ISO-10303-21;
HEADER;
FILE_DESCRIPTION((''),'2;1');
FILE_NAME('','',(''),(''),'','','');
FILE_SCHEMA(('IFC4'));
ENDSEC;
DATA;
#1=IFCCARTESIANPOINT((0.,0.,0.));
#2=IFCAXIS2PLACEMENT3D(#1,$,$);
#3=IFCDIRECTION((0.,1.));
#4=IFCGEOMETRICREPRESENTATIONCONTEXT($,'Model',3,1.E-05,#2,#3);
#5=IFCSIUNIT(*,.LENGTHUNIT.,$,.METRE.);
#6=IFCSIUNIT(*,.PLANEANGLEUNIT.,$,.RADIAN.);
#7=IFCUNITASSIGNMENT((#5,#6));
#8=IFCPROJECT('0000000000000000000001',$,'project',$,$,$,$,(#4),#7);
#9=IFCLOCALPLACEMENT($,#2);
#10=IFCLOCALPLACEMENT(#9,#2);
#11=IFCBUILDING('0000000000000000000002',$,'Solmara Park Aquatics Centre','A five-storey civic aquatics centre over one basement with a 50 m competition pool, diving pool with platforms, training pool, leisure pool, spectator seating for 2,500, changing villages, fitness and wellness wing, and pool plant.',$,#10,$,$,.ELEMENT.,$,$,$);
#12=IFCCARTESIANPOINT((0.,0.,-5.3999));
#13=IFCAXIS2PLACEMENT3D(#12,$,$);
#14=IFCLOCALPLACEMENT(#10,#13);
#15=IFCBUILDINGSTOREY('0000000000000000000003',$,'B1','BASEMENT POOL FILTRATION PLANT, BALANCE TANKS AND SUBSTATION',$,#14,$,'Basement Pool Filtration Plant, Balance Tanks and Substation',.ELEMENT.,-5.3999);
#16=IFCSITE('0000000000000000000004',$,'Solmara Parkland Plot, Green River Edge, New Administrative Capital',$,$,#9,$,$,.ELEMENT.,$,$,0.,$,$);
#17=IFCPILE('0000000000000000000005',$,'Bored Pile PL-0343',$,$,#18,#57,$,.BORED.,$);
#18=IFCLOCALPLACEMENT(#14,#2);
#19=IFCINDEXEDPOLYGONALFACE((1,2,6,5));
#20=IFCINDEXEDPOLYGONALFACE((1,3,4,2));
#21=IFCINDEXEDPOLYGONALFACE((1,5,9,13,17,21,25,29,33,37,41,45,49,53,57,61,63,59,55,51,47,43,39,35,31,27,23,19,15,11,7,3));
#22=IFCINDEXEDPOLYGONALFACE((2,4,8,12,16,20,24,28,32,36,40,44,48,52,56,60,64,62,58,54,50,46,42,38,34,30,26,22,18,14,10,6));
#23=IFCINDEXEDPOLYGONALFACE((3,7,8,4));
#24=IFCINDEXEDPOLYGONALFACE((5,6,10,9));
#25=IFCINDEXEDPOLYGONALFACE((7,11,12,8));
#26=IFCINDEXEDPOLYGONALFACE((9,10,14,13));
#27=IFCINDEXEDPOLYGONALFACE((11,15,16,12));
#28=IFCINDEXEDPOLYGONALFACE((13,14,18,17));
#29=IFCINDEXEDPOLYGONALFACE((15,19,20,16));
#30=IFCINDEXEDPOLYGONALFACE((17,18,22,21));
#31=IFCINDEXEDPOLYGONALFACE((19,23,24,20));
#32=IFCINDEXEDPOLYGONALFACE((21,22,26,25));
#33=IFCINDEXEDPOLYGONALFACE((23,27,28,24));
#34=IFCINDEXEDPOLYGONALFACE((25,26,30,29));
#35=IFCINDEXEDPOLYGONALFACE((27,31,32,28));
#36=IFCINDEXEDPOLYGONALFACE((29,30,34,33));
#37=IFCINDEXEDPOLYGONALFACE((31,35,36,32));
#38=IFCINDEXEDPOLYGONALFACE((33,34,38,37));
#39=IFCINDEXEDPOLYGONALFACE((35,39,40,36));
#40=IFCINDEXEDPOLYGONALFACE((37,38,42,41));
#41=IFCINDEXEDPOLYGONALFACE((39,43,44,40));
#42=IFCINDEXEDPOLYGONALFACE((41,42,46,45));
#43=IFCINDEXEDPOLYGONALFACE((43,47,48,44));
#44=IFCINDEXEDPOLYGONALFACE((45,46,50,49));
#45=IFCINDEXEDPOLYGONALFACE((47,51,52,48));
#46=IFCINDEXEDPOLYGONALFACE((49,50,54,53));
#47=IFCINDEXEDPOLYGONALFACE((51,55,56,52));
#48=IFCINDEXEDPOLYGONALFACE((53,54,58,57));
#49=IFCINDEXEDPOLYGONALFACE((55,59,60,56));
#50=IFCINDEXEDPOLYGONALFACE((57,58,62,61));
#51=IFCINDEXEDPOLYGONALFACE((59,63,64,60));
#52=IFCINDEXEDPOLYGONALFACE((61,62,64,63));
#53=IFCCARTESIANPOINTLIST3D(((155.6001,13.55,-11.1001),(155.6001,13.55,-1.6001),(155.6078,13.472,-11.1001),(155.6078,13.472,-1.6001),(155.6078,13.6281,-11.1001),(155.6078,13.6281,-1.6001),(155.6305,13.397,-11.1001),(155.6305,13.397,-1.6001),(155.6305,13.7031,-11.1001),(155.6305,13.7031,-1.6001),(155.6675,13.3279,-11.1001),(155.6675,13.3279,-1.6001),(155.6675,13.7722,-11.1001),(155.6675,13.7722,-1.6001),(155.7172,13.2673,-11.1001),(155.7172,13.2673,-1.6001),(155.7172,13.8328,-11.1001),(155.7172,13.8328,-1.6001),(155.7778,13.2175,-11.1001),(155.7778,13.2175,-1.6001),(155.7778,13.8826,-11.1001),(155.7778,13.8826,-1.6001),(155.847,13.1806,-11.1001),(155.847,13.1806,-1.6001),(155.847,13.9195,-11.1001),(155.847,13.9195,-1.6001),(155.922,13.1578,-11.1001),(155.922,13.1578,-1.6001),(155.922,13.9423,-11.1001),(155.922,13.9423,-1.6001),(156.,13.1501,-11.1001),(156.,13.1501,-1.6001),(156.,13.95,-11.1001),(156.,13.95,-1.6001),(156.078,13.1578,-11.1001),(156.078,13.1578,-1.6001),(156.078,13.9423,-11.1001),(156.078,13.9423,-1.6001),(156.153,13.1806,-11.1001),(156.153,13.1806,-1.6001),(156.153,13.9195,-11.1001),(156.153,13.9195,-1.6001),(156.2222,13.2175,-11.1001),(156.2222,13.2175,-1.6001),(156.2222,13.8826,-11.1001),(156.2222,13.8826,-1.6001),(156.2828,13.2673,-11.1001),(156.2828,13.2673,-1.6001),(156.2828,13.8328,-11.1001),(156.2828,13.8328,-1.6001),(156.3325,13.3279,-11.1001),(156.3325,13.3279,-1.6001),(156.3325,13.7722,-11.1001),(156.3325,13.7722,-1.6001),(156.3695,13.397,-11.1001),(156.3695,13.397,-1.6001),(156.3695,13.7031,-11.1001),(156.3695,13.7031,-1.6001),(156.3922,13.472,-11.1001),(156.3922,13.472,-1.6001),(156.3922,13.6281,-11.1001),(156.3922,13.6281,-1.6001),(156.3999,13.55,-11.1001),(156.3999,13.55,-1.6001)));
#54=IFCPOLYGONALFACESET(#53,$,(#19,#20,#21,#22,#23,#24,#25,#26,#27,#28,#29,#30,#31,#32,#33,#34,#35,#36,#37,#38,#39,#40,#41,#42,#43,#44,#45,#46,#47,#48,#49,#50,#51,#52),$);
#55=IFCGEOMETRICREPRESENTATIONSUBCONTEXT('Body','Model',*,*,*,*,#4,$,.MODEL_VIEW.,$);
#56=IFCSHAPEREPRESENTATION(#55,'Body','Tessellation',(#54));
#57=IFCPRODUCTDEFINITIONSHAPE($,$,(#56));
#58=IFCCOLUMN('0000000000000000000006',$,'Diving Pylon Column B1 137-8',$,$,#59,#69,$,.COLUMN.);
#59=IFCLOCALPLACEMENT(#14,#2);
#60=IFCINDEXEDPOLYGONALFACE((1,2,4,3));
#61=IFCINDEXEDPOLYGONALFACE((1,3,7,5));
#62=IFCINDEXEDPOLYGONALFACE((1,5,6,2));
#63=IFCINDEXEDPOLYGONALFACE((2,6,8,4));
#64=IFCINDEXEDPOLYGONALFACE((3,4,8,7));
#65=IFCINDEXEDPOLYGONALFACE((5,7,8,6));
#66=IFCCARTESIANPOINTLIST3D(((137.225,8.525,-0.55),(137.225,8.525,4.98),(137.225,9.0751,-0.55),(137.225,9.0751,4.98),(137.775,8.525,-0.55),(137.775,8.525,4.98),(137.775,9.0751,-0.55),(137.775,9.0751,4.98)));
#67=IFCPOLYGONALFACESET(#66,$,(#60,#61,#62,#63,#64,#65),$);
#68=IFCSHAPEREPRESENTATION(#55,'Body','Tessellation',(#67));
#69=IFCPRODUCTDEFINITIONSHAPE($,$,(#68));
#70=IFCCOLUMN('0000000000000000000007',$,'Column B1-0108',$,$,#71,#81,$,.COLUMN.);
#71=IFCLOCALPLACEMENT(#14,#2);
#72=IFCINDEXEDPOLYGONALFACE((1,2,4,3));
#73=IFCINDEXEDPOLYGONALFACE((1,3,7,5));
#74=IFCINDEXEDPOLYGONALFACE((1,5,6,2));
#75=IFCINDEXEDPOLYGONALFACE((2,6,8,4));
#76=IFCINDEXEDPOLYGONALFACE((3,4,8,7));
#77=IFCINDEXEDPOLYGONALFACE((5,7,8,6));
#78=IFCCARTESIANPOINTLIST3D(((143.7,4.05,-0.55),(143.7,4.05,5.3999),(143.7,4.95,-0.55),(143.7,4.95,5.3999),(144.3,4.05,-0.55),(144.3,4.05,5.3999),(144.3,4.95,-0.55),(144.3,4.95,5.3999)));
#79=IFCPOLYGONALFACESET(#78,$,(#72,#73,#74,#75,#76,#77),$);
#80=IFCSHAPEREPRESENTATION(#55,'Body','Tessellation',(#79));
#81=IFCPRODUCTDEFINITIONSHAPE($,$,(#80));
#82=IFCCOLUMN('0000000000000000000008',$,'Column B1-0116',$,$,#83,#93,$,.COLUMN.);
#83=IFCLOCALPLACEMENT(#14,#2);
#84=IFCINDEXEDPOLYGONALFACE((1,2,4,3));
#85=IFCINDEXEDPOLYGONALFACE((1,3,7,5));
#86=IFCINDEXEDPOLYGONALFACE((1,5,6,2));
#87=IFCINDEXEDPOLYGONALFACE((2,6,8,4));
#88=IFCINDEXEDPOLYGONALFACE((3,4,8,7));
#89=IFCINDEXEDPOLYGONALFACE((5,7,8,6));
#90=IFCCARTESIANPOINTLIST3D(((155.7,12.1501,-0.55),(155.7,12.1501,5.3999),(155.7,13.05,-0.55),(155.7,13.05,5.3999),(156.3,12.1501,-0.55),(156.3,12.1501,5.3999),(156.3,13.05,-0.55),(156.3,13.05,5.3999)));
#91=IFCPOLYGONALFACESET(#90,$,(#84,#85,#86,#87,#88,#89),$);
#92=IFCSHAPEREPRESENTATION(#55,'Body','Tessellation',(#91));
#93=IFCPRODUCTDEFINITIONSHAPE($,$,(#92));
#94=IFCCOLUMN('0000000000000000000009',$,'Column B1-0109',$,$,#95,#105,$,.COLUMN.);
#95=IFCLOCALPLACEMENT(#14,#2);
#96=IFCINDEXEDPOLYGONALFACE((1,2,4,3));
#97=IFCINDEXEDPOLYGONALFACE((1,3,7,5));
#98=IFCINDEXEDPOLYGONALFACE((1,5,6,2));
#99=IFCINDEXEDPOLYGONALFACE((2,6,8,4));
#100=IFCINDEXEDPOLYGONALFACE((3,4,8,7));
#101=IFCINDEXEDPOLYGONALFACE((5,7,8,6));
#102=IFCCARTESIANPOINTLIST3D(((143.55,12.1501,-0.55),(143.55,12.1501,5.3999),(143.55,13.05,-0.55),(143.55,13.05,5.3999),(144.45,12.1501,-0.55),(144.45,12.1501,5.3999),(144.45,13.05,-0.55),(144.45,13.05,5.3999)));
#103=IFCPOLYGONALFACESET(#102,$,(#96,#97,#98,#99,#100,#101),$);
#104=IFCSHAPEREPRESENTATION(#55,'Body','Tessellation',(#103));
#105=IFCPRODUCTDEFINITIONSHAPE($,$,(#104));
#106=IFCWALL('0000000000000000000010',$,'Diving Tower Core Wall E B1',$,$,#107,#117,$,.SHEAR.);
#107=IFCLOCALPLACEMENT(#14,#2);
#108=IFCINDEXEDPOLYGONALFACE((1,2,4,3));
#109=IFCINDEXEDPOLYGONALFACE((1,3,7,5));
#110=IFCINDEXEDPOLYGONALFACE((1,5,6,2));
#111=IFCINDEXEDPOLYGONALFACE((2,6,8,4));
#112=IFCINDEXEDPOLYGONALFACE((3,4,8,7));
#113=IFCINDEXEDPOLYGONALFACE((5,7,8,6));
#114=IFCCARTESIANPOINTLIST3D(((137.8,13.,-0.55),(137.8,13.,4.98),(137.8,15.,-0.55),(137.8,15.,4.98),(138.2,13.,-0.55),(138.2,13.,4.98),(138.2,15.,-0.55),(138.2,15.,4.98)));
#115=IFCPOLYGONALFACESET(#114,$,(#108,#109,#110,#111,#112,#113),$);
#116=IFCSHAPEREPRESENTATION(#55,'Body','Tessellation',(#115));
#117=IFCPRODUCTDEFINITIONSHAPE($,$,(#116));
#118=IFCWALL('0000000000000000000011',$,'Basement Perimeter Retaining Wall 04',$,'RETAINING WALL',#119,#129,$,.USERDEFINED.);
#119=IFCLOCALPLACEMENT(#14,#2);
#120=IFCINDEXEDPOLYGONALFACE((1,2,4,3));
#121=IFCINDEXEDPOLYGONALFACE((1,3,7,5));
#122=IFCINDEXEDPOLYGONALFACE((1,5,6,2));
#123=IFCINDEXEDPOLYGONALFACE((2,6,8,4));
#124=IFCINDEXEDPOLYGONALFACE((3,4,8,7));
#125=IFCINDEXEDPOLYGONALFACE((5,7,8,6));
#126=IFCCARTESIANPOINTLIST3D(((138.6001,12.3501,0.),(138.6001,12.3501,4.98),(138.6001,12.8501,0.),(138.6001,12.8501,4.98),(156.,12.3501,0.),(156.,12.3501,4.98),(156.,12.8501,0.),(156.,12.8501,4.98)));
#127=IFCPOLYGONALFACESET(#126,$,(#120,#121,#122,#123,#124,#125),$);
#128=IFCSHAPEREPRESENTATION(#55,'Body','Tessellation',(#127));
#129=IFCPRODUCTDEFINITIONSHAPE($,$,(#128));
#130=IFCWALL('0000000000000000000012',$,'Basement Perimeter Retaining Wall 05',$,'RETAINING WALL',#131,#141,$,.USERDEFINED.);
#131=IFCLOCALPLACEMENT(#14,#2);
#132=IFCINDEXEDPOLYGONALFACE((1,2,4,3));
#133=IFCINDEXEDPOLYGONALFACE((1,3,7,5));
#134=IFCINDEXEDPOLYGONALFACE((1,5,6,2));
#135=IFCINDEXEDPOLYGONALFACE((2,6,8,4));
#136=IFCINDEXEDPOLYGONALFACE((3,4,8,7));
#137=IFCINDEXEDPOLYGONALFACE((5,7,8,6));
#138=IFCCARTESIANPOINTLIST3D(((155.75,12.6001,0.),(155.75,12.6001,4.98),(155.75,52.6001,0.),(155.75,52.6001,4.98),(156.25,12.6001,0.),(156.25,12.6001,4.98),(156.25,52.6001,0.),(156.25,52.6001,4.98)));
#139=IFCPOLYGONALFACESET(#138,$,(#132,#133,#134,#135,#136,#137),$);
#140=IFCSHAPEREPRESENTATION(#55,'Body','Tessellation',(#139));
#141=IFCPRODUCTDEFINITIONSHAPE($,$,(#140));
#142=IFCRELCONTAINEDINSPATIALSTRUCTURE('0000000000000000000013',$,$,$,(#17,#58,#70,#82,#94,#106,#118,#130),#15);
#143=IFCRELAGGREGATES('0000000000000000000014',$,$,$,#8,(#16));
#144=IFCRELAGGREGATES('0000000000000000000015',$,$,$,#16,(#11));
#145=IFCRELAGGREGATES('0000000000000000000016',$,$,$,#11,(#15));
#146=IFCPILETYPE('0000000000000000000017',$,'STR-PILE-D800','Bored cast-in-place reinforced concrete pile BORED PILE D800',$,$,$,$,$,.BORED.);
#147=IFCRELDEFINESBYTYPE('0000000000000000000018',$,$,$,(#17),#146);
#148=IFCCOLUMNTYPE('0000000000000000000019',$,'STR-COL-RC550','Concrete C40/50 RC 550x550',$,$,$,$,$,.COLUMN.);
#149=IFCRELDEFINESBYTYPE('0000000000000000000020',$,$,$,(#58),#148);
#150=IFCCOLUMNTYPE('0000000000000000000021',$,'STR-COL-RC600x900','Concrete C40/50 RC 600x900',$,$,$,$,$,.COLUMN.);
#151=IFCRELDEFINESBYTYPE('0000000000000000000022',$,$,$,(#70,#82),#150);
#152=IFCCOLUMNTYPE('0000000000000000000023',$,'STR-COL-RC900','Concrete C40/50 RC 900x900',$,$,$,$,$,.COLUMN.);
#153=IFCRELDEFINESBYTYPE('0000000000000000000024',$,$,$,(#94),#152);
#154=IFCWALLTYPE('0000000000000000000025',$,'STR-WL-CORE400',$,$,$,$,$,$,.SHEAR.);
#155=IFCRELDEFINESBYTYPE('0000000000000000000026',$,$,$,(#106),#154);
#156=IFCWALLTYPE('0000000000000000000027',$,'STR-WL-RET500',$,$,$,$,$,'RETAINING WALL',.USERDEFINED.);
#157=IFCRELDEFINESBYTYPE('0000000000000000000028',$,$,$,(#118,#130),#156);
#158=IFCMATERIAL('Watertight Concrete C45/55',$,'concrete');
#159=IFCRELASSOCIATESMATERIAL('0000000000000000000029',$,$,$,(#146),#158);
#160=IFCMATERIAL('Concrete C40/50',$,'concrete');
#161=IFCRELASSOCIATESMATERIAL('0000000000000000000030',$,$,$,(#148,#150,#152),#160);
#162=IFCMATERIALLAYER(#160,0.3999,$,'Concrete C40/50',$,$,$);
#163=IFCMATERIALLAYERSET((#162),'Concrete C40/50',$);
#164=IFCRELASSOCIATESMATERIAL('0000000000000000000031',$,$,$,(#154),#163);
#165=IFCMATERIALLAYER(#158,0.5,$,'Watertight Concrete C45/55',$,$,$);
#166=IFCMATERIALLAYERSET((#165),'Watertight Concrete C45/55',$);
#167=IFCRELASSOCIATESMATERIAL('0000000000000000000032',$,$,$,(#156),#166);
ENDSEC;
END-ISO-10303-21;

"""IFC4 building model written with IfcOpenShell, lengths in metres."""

from ifc_helpers import new_model, si_unit, direction, frame, frame_2d, origin, origin_2d, place, context, subcontext, project, spatial, rectangle, circle, extrude, material, layer, layer_set, material_profile, profile_set, type_object, element, save


model = new_model("IFC4")

# Units and contexts
model_context = context("Model", 3, precision=1e-05, world=origin(), true_north=direction((0.0, 1.0)))
body_context = subcontext(model_context, "Body", "Model", "MODEL_VIEW")
ifc_project = project(units=[si_unit("LENGTHUNIT", "METRE"), si_unit("PLANEANGLEUNIT", "RADIAN")], contexts=[model_context])

# Site, building, storey
site_placement = place(None, origin())
site = spatial("IfcSite", under=ifc_project, at=site_placement, Name="Solmara Parkland Plot, Green River Edge, New Administrative Capital", CompositionType="ELEMENT", RefElevation=0.0)
building_placement = place(site_placement, origin())
building = spatial("IfcBuilding", under=site, at=building_placement, Name="Solmara Park Aquatics Centre", Description="A five-storey civic aquatics centre over one basement with a 50 m competition pool, diving pool with platforms, training pool, leisure pool, spectator seating for 2,500, changing villages, fitness and wellness wing, and pool plant.", CompositionType="ELEMENT")
storey_placement = place(building_placement, frame((0.0, 0.0, -5.3999)))
storey = spatial("IfcBuildingStorey", under=building, at=storey_placement, Name="B1", Description="BASEMENT POOL FILTRATION PLANT, BALANCE TANKS AND SUBSTATION", LongName="Basement Pool Filtration Plant, Balance Tanks and Substation", CompositionType="ELEMENT", Elevation=-5.3999)

# Shared definitions
ifc_material_1 = material(Name="Watertight Concrete C45/55", Category="concrete")

# Pile
ifc_material_profile_1 = material_profile(ifc_material_1, circle(Radius=0.3999, at=origin_2d()), Name="BORED PILE D800")
ifc_profile_set_1 = profile_set([ifc_material_profile_1], Name="Watertight Concrete C45/55")
pile_type_1 = type_object("IfcPileType", Name="STR-PILE-D800", Description="Bored cast-in-place reinforced concrete pile BORED PILE D800", PredefinedType="BORED", material=ifc_profile_set_1)
for number, where, z_axis, x_axis, name in (
    (1, (156.0, 13.55, -1.6001), (0.0, 0.0, -1.0), (1.0, 0.0, 0.0), "Bored Pile PL-0343"),
):
    element("IfcPile", number, at=place(storey_placement, frame(where, z_axis=z_axis, x_axis=x_axis)), inside=storey, type_object=pile_type_1, Name=name, PredefinedType="BORED", context=body_context, shape_type="SweptSolid", body=[
        extrude(circle(Radius=0.3999, at=origin_2d()), origin(), (0.0, 0.0, 1.0), 9.5),
    ])

# Columns
ifc_material_2 = material(Name="Concrete C40/50", Category="concrete")
ifc_material_profile_2 = material_profile(ifc_material_2, rectangle(XDim=0.55, YDim=0.55, at=origin_2d()), Name="RC 550x550")
ifc_profile_set_2 = profile_set([ifc_material_profile_2], Name="Concrete C40/50")
column_type_1 = type_object("IfcColumnType", Name="STR-COL-RC550", Description="Concrete C40/50 RC 550x550", PredefinedType="COLUMN", material=ifc_profile_set_2)
column_1_placement = place(storey_placement, frame((137.5, 8.8, -0.55), z_axis=(0.0, 0.0, 1.0), x_axis=(1.0, 0.0, 0.0)))
element("IfcColumn", 2, at=column_1_placement, inside=storey, type_object=column_type_1, Name="Diving Pylon Column B1 137-8", PredefinedType="COLUMN", context=body_context, shape_type="SweptSolid", body=[
    extrude(rectangle(XDim=0.55, YDim=0.55, at=origin_2d()), origin(), (0.0, 0.0, 1.0), 5.53),
])
ifc_material_profile_3 = material_profile(ifc_material_2, rectangle(XDim=0.6001, YDim=0.8999, at=origin_2d()), Name="RC 600x900")
ifc_profile_set_3 = profile_set([ifc_material_profile_3], Name="Concrete C40/50")
column_type_2 = type_object("IfcColumnType", Name="STR-COL-RC600x900", Description="Concrete C40/50 RC 600x900", PredefinedType="COLUMN", material=ifc_profile_set_3)
for number, where, z_axis, x_axis, name in (
    (3, (144.0, 4.5, -0.55), (0.0, 0.0, 1.0), (1.0, 0.0, 0.0), "Column B1-0108"),
    (4, (156.0, 12.6001, -0.55), (0.0, 0.0, 1.0), (1.0, 0.0, 0.0), "Column B1-0116"),
):
    element("IfcColumn", number, at=place(storey_placement, frame(where, z_axis=z_axis, x_axis=x_axis)), inside=storey, type_object=column_type_2, Name=name, PredefinedType="COLUMN", context=body_context, shape_type="SweptSolid", body=[
        extrude(rectangle(XDim=0.6001, YDim=0.8999, at=origin_2d()), origin(), (0.0, 0.0, 1.0), 5.95),
    ])
ifc_material_profile_4 = material_profile(ifc_material_2, rectangle(XDim=0.8999, YDim=0.8999, at=origin_2d()), Name="RC 900x900")
ifc_profile_set_4 = profile_set([ifc_material_profile_4], Name="Concrete C40/50")
column_type_3 = type_object("IfcColumnType", Name="STR-COL-RC900", Description="Concrete C40/50 RC 900x900", PredefinedType="COLUMN", material=ifc_profile_set_4)
column_2_placement = place(storey_placement, frame((144.0, 12.6001, -0.55), z_axis=(0.0, 0.0, 1.0), x_axis=(1.0, 0.0, 0.0)))
element("IfcColumn", 5, at=column_2_placement, inside=storey, type_object=column_type_3, Name="Column B1-0109", PredefinedType="COLUMN", context=body_context, shape_type="SweptSolid", body=[
    extrude(rectangle(XDim=0.8999, YDim=0.8999, at=origin_2d()), origin(), (0.0, 0.0, 1.0), 5.95),
])

# Walls
ifc_layer_1 = layer(ifc_material_2, 0.3999, Name="Concrete C40/50")
ifc_layer_set_1 = layer_set([ifc_layer_1], Name="Concrete C40/50")
wall_type_1 = type_object("IfcWallType", Name="STR-WL-CORE400", PredefinedType="SHEAR", material=ifc_layer_set_1)
wall_1_placement = place(storey_placement, frame((138.0, 13.0, -0.55), z_axis=(0.0, 0.0, 1.0), x_axis=(0.0, 1.0, 0.0)))
element("IfcWall", 6, at=wall_1_placement, inside=storey, type_object=wall_type_1, Name="Diving Tower Core Wall E B1", PredefinedType="SHEAR", context=body_context, shape_type="SweptSolid", body=[
    extrude(rectangle(XDim=2.0, YDim=0.3999, at=frame_2d((1.0, 0.0))), origin(), (0.0, 0.0, 1.0), 5.53),
])
ifc_layer_2 = layer(ifc_material_1, 0.5, Name="Watertight Concrete C45/55")
ifc_layer_set_2 = layer_set([ifc_layer_2], Name="Watertight Concrete C45/55")
wall_type_2 = type_object("IfcWallType", Name="STR-WL-RET500", ElementType="RETAINING WALL", PredefinedType="USERDEFINED", material=ifc_layer_set_2)
wall_2_placement = place(storey_placement, frame((138.6001, 12.6001, 0.0), z_axis=(0.0, 0.0, 1.0), x_axis=(1.0, 0.0, 0.0)))
element("IfcWall", 7, at=wall_2_placement, inside=storey, type_object=wall_type_2, Name="Basement Perimeter Retaining Wall 04", ObjectType="RETAINING WALL", PredefinedType="USERDEFINED", context=body_context, shape_type="SweptSolid", body=[
    extrude(rectangle(XDim=17.3999, YDim=0.5, at=frame_2d((8.7, 0.0))), origin(), (0.0, 0.0, 1.0), 4.98),
])
wall_3_placement = place(storey_placement, frame((156.0, 12.6001, 0.0), z_axis=(0.0, 0.0, 1.0), x_axis=(0.0, 1.0, 0.0)))
element("IfcWall", 8, at=wall_3_placement, inside=storey, type_object=wall_type_2, Name="Basement Perimeter Retaining Wall 05", ObjectType="RETAINING WALL", PredefinedType="USERDEFINED", context=body_context, shape_type="SweptSolid", body=[
    extrude(rectangle(XDim=40.0, YDim=0.5, at=frame_2d((20.0, 0.0))), origin(), (0.0, 0.0, 1.0), 4.98),
])

save(model, "model.ifc")
